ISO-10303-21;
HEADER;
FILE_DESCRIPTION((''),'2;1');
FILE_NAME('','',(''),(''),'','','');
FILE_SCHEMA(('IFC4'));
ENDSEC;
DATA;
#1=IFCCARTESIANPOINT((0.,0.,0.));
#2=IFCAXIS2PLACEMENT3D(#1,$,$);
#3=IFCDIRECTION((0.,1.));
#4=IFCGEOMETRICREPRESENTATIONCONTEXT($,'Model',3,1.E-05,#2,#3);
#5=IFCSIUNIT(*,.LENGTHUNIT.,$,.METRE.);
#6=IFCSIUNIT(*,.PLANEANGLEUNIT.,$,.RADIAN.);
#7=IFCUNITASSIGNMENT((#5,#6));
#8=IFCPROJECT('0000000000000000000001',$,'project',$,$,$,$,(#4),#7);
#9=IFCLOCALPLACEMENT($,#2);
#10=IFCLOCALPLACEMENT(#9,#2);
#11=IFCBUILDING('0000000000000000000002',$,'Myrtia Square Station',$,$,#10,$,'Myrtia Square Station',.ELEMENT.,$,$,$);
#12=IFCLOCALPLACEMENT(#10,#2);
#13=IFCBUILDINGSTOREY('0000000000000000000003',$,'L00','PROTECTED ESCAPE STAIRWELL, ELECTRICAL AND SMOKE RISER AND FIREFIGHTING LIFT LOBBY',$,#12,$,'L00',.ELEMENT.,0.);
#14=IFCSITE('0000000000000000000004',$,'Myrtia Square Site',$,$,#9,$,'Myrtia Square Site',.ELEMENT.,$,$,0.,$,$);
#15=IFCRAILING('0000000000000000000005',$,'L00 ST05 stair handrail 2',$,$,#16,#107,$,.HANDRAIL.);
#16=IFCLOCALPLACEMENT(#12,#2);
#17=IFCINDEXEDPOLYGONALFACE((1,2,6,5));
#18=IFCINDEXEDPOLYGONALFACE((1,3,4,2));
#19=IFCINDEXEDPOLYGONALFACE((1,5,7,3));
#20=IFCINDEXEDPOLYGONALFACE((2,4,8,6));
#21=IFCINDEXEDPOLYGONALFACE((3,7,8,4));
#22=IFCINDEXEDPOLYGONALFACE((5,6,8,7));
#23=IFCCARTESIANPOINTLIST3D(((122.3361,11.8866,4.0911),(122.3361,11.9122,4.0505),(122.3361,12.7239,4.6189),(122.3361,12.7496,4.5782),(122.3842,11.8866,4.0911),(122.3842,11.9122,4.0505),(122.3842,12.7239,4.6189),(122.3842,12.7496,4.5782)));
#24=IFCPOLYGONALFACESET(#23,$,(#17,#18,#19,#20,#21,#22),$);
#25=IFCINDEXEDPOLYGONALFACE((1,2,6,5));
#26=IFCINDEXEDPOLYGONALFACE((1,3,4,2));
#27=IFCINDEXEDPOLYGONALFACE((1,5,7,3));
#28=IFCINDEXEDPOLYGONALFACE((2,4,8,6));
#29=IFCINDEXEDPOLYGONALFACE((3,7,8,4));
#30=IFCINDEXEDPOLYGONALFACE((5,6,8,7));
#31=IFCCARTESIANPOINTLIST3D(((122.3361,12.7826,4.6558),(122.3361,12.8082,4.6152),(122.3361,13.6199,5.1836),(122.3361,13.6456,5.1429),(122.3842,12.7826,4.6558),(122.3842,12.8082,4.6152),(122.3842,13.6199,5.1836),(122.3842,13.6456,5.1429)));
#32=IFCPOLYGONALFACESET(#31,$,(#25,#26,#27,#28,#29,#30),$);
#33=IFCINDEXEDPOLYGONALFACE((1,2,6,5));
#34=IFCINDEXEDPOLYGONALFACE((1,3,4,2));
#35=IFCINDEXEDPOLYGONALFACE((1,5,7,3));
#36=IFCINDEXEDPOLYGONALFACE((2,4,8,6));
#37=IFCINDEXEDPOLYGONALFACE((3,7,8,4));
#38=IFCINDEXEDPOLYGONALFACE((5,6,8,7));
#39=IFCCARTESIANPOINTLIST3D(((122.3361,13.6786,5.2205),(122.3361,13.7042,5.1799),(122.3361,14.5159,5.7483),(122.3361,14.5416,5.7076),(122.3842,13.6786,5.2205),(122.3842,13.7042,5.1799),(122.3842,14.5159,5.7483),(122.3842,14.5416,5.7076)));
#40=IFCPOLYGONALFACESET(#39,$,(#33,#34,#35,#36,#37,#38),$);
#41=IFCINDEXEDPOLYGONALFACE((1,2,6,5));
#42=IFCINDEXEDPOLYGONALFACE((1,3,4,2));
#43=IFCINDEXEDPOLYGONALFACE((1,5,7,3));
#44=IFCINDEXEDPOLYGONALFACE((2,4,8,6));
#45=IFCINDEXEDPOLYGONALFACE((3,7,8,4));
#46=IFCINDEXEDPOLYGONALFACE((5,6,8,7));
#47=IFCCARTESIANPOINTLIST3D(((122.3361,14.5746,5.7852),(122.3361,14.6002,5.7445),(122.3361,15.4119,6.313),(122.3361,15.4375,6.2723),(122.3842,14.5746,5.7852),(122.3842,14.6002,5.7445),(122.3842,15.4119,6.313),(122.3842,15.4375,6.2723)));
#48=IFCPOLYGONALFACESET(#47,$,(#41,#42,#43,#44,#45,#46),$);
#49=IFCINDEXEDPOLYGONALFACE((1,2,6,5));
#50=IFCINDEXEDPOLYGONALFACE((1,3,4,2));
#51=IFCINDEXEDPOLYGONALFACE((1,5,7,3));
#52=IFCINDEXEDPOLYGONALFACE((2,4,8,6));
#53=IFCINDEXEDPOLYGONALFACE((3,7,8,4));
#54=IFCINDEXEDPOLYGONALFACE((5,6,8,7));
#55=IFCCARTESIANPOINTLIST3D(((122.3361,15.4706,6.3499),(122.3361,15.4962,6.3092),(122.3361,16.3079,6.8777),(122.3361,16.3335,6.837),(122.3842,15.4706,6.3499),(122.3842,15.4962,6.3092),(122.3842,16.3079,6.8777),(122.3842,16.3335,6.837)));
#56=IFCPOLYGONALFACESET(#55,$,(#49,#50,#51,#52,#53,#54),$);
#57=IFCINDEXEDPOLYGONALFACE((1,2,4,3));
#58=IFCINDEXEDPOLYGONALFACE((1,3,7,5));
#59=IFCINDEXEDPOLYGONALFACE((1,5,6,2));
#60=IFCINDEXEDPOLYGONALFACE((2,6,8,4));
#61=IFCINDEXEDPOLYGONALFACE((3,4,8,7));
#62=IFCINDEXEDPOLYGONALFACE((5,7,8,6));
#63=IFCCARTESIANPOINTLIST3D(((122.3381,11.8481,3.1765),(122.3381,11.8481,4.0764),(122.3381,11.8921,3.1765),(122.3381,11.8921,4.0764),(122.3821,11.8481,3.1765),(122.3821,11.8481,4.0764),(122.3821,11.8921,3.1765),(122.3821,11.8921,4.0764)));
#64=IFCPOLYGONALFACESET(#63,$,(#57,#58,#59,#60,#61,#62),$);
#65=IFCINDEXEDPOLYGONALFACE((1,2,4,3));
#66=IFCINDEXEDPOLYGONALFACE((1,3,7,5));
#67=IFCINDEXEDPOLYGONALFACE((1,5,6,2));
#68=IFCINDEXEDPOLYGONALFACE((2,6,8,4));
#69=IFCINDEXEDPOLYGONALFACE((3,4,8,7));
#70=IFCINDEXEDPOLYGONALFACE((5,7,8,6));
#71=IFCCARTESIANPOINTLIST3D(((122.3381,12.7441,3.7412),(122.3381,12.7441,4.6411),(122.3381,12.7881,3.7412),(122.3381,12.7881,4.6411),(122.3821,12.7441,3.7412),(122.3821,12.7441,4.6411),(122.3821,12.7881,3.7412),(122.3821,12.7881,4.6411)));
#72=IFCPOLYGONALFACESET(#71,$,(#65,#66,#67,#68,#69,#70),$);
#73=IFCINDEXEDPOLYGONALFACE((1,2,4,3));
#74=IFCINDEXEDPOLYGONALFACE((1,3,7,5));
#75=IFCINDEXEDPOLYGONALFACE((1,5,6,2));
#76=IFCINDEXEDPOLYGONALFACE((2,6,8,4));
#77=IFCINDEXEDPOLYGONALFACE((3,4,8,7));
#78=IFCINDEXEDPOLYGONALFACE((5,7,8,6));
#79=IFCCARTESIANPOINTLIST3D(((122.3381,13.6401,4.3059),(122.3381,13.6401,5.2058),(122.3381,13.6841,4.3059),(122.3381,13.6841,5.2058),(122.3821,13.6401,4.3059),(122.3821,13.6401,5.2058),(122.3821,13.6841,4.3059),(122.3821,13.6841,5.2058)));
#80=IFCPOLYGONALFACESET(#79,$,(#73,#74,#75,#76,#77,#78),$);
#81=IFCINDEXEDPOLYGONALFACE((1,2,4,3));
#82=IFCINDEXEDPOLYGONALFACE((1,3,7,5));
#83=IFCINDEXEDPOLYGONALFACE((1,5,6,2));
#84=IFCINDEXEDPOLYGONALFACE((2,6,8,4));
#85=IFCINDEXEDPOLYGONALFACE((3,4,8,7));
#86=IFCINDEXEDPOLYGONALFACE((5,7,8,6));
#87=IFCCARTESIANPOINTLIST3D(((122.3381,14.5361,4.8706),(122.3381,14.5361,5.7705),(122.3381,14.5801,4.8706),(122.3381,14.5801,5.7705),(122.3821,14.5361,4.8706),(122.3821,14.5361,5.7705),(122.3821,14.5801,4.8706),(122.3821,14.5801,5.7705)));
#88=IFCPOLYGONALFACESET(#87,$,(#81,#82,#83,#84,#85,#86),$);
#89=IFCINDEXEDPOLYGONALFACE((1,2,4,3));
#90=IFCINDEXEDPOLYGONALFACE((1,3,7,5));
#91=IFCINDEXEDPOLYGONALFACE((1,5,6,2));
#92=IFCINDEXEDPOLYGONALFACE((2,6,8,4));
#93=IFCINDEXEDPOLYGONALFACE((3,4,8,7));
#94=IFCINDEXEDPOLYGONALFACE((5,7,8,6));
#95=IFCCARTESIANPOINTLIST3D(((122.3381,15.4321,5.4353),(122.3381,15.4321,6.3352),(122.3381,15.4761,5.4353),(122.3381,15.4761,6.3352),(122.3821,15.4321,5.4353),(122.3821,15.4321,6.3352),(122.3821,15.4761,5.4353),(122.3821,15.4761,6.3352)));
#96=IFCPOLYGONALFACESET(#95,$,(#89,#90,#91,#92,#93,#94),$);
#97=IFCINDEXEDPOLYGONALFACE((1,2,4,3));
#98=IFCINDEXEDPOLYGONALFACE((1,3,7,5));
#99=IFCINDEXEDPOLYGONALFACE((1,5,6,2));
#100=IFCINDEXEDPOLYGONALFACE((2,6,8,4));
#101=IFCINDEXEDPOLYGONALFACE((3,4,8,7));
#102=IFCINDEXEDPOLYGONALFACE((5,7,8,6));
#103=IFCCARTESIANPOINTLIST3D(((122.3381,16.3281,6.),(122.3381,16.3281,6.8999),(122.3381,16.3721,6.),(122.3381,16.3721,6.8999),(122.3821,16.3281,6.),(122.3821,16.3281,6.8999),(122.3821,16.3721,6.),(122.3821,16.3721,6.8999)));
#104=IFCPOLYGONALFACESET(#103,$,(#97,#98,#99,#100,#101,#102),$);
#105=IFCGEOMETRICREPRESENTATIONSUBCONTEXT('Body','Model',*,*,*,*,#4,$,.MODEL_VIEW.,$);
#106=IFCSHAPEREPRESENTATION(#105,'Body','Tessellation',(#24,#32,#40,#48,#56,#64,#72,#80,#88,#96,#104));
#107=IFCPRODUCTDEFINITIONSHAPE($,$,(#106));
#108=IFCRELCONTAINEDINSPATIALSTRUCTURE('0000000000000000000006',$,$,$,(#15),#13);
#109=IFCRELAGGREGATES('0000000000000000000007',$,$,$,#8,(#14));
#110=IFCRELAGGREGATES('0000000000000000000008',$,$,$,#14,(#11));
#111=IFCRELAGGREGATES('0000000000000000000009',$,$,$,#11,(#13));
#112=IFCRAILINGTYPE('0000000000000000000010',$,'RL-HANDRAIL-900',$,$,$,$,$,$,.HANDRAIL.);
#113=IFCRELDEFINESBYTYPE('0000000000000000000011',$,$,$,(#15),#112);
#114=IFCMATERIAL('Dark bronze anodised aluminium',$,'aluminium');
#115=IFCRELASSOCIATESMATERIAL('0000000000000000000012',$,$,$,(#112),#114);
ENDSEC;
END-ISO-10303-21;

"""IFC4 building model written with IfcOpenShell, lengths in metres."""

from ifc_helpers import new_model, si_unit, direction, frame, origin, origin_2d, place, context, subcontext, project, spatial, rectangle, extrude, material, type_object, element, save


model = new_model("IFC4")

# Units and contexts
model_context = context("Model", 3, precision=1e-05, world=origin(), true_north=direction((0.0, 1.0)))
body_context = subcontext(model_context, "Body", "Model", "MODEL_VIEW")
ifc_project = project(units=[si_unit("LENGTHUNIT", "METRE"), si_unit("PLANEANGLEUNIT", "RADIAN")], contexts=[model_context])

# Site, building, storey
site_placement = place(None, origin())
site = spatial("IfcSite", under=ifc_project, at=site_placement, Name="Myrtia Square Site", LongName="Myrtia Square Site", CompositionType="ELEMENT", RefElevation=0.0)
building_placement = place(site_placement, origin())
building = spatial("IfcBuilding", under=site, at=building_placement, Name="Myrtia Square Station", LongName="Myrtia Square Station", CompositionType="ELEMENT")
storey_placement = place(building_placement, origin())
storey = spatial("IfcBuildingStorey", under=building, at=storey_placement, Name="L00", Description="PROTECTED ESCAPE STAIRWELL, ELECTRICAL AND SMOKE RISER AND FIREFIGHTING LIFT LOBBY", LongName="L00", CompositionType="ELEMENT", Elevation=0.0)

# Shared definitions
ifc_material_1 = material(Name="Dark bronze anodised aluminium", Category="aluminium")

# Railing
railing_type_1 = type_object("IfcRailingType", Name="RL-HANDRAIL-900", PredefinedType="HANDRAIL", material=ifc_material_1)
railing_1_placement = place(storey_placement, frame((122.3601, 11.8701, 3.1765)))
element("IfcRailing", 1, at=railing_1_placement, inside=storey, type_object=railing_type_1, Name="L00 ST05 stair handrail 2", PredefinedType="HANDRAIL", context=body_context, shape_type="SweptSolid", body=[
    extrude(rectangle(XDim=0.0481, YDim=0.0481, at=origin_2d()), frame((0.0, 0.0293, 0.8943), z_axis=(0.0, 0.845998, 0.533186), x_axis=(-1.0, 0.0, 0.0)), (0.0, 0.0, 1.0), 0.9897),
    extrude(rectangle(XDim=0.0481, YDim=0.0481, at=origin_2d()), frame((0.0, 0.9253, 1.459), z_axis=(0.0, 0.845998, 0.533186), x_axis=(-1.0, 0.0, 0.0)), (0.0, 0.0, 1.0), 0.9897),
    extrude(rectangle(XDim=0.0481, YDim=0.0481, at=origin_2d()), frame((0.0, 1.8213, 2.0237), z_axis=(0.0, 0.845998, 0.533186), x_axis=(-1.0, 0.0, 0.0)), (0.0, 0.0, 1.0), 0.9897),
    extrude(rectangle(XDim=0.0481, YDim=0.0481, at=origin_2d()), frame((0.0, 2.7173, 2.5884), z_axis=(0.0, 0.845998, 0.533186), x_axis=(-1.0, 0.0, 0.0)), (0.0, 0.0, 1.0), 0.9897),
    extrude(rectangle(XDim=0.0481, YDim=0.0481, at=origin_2d()), frame((0.0, 3.6133, 3.1531), z_axis=(0.0, 0.845998, 0.533186), x_axis=(-1.0, 0.0, 0.0)), (0.0, 0.0, 1.0), 0.9897),
    extrude(rectangle(XDim=0.0439, YDim=0.0439, at=origin_2d()), origin(), (0.0, 0.0, 1.0), 0.8999),
    extrude(rectangle(XDim=0.0439, YDim=0.0439, at=origin_2d()), frame((0.0, 0.896, 0.5647)), (0.0, 0.0, 1.0), 0.8999),
    extrude(rectangle(XDim=0.0439, YDim=0.0439, at=origin_2d()), frame((0.0, 1.792, 1.1294)), (0.0, 0.0, 1.0), 0.8999),
    extrude(rectangle(XDim=0.0439, YDim=0.0439, at=origin_2d()), frame((0.0, 2.688, 1.6941)), (0.0, 0.0, 1.0), 0.8999),
    extrude(rectangle(XDim=0.0439, YDim=0.0439, at=origin_2d()), frame((0.0, 3.584, 2.2588)), (0.0, 0.0, 1.0), 0.8999),
    extrude(rectangle(XDim=0.0439, YDim=0.0439, at=origin_2d()), frame((0.0, 4.48, 2.8235)), (0.0, 0.0, 1.0), 0.8999),
])

save(model, "model.ifc")
